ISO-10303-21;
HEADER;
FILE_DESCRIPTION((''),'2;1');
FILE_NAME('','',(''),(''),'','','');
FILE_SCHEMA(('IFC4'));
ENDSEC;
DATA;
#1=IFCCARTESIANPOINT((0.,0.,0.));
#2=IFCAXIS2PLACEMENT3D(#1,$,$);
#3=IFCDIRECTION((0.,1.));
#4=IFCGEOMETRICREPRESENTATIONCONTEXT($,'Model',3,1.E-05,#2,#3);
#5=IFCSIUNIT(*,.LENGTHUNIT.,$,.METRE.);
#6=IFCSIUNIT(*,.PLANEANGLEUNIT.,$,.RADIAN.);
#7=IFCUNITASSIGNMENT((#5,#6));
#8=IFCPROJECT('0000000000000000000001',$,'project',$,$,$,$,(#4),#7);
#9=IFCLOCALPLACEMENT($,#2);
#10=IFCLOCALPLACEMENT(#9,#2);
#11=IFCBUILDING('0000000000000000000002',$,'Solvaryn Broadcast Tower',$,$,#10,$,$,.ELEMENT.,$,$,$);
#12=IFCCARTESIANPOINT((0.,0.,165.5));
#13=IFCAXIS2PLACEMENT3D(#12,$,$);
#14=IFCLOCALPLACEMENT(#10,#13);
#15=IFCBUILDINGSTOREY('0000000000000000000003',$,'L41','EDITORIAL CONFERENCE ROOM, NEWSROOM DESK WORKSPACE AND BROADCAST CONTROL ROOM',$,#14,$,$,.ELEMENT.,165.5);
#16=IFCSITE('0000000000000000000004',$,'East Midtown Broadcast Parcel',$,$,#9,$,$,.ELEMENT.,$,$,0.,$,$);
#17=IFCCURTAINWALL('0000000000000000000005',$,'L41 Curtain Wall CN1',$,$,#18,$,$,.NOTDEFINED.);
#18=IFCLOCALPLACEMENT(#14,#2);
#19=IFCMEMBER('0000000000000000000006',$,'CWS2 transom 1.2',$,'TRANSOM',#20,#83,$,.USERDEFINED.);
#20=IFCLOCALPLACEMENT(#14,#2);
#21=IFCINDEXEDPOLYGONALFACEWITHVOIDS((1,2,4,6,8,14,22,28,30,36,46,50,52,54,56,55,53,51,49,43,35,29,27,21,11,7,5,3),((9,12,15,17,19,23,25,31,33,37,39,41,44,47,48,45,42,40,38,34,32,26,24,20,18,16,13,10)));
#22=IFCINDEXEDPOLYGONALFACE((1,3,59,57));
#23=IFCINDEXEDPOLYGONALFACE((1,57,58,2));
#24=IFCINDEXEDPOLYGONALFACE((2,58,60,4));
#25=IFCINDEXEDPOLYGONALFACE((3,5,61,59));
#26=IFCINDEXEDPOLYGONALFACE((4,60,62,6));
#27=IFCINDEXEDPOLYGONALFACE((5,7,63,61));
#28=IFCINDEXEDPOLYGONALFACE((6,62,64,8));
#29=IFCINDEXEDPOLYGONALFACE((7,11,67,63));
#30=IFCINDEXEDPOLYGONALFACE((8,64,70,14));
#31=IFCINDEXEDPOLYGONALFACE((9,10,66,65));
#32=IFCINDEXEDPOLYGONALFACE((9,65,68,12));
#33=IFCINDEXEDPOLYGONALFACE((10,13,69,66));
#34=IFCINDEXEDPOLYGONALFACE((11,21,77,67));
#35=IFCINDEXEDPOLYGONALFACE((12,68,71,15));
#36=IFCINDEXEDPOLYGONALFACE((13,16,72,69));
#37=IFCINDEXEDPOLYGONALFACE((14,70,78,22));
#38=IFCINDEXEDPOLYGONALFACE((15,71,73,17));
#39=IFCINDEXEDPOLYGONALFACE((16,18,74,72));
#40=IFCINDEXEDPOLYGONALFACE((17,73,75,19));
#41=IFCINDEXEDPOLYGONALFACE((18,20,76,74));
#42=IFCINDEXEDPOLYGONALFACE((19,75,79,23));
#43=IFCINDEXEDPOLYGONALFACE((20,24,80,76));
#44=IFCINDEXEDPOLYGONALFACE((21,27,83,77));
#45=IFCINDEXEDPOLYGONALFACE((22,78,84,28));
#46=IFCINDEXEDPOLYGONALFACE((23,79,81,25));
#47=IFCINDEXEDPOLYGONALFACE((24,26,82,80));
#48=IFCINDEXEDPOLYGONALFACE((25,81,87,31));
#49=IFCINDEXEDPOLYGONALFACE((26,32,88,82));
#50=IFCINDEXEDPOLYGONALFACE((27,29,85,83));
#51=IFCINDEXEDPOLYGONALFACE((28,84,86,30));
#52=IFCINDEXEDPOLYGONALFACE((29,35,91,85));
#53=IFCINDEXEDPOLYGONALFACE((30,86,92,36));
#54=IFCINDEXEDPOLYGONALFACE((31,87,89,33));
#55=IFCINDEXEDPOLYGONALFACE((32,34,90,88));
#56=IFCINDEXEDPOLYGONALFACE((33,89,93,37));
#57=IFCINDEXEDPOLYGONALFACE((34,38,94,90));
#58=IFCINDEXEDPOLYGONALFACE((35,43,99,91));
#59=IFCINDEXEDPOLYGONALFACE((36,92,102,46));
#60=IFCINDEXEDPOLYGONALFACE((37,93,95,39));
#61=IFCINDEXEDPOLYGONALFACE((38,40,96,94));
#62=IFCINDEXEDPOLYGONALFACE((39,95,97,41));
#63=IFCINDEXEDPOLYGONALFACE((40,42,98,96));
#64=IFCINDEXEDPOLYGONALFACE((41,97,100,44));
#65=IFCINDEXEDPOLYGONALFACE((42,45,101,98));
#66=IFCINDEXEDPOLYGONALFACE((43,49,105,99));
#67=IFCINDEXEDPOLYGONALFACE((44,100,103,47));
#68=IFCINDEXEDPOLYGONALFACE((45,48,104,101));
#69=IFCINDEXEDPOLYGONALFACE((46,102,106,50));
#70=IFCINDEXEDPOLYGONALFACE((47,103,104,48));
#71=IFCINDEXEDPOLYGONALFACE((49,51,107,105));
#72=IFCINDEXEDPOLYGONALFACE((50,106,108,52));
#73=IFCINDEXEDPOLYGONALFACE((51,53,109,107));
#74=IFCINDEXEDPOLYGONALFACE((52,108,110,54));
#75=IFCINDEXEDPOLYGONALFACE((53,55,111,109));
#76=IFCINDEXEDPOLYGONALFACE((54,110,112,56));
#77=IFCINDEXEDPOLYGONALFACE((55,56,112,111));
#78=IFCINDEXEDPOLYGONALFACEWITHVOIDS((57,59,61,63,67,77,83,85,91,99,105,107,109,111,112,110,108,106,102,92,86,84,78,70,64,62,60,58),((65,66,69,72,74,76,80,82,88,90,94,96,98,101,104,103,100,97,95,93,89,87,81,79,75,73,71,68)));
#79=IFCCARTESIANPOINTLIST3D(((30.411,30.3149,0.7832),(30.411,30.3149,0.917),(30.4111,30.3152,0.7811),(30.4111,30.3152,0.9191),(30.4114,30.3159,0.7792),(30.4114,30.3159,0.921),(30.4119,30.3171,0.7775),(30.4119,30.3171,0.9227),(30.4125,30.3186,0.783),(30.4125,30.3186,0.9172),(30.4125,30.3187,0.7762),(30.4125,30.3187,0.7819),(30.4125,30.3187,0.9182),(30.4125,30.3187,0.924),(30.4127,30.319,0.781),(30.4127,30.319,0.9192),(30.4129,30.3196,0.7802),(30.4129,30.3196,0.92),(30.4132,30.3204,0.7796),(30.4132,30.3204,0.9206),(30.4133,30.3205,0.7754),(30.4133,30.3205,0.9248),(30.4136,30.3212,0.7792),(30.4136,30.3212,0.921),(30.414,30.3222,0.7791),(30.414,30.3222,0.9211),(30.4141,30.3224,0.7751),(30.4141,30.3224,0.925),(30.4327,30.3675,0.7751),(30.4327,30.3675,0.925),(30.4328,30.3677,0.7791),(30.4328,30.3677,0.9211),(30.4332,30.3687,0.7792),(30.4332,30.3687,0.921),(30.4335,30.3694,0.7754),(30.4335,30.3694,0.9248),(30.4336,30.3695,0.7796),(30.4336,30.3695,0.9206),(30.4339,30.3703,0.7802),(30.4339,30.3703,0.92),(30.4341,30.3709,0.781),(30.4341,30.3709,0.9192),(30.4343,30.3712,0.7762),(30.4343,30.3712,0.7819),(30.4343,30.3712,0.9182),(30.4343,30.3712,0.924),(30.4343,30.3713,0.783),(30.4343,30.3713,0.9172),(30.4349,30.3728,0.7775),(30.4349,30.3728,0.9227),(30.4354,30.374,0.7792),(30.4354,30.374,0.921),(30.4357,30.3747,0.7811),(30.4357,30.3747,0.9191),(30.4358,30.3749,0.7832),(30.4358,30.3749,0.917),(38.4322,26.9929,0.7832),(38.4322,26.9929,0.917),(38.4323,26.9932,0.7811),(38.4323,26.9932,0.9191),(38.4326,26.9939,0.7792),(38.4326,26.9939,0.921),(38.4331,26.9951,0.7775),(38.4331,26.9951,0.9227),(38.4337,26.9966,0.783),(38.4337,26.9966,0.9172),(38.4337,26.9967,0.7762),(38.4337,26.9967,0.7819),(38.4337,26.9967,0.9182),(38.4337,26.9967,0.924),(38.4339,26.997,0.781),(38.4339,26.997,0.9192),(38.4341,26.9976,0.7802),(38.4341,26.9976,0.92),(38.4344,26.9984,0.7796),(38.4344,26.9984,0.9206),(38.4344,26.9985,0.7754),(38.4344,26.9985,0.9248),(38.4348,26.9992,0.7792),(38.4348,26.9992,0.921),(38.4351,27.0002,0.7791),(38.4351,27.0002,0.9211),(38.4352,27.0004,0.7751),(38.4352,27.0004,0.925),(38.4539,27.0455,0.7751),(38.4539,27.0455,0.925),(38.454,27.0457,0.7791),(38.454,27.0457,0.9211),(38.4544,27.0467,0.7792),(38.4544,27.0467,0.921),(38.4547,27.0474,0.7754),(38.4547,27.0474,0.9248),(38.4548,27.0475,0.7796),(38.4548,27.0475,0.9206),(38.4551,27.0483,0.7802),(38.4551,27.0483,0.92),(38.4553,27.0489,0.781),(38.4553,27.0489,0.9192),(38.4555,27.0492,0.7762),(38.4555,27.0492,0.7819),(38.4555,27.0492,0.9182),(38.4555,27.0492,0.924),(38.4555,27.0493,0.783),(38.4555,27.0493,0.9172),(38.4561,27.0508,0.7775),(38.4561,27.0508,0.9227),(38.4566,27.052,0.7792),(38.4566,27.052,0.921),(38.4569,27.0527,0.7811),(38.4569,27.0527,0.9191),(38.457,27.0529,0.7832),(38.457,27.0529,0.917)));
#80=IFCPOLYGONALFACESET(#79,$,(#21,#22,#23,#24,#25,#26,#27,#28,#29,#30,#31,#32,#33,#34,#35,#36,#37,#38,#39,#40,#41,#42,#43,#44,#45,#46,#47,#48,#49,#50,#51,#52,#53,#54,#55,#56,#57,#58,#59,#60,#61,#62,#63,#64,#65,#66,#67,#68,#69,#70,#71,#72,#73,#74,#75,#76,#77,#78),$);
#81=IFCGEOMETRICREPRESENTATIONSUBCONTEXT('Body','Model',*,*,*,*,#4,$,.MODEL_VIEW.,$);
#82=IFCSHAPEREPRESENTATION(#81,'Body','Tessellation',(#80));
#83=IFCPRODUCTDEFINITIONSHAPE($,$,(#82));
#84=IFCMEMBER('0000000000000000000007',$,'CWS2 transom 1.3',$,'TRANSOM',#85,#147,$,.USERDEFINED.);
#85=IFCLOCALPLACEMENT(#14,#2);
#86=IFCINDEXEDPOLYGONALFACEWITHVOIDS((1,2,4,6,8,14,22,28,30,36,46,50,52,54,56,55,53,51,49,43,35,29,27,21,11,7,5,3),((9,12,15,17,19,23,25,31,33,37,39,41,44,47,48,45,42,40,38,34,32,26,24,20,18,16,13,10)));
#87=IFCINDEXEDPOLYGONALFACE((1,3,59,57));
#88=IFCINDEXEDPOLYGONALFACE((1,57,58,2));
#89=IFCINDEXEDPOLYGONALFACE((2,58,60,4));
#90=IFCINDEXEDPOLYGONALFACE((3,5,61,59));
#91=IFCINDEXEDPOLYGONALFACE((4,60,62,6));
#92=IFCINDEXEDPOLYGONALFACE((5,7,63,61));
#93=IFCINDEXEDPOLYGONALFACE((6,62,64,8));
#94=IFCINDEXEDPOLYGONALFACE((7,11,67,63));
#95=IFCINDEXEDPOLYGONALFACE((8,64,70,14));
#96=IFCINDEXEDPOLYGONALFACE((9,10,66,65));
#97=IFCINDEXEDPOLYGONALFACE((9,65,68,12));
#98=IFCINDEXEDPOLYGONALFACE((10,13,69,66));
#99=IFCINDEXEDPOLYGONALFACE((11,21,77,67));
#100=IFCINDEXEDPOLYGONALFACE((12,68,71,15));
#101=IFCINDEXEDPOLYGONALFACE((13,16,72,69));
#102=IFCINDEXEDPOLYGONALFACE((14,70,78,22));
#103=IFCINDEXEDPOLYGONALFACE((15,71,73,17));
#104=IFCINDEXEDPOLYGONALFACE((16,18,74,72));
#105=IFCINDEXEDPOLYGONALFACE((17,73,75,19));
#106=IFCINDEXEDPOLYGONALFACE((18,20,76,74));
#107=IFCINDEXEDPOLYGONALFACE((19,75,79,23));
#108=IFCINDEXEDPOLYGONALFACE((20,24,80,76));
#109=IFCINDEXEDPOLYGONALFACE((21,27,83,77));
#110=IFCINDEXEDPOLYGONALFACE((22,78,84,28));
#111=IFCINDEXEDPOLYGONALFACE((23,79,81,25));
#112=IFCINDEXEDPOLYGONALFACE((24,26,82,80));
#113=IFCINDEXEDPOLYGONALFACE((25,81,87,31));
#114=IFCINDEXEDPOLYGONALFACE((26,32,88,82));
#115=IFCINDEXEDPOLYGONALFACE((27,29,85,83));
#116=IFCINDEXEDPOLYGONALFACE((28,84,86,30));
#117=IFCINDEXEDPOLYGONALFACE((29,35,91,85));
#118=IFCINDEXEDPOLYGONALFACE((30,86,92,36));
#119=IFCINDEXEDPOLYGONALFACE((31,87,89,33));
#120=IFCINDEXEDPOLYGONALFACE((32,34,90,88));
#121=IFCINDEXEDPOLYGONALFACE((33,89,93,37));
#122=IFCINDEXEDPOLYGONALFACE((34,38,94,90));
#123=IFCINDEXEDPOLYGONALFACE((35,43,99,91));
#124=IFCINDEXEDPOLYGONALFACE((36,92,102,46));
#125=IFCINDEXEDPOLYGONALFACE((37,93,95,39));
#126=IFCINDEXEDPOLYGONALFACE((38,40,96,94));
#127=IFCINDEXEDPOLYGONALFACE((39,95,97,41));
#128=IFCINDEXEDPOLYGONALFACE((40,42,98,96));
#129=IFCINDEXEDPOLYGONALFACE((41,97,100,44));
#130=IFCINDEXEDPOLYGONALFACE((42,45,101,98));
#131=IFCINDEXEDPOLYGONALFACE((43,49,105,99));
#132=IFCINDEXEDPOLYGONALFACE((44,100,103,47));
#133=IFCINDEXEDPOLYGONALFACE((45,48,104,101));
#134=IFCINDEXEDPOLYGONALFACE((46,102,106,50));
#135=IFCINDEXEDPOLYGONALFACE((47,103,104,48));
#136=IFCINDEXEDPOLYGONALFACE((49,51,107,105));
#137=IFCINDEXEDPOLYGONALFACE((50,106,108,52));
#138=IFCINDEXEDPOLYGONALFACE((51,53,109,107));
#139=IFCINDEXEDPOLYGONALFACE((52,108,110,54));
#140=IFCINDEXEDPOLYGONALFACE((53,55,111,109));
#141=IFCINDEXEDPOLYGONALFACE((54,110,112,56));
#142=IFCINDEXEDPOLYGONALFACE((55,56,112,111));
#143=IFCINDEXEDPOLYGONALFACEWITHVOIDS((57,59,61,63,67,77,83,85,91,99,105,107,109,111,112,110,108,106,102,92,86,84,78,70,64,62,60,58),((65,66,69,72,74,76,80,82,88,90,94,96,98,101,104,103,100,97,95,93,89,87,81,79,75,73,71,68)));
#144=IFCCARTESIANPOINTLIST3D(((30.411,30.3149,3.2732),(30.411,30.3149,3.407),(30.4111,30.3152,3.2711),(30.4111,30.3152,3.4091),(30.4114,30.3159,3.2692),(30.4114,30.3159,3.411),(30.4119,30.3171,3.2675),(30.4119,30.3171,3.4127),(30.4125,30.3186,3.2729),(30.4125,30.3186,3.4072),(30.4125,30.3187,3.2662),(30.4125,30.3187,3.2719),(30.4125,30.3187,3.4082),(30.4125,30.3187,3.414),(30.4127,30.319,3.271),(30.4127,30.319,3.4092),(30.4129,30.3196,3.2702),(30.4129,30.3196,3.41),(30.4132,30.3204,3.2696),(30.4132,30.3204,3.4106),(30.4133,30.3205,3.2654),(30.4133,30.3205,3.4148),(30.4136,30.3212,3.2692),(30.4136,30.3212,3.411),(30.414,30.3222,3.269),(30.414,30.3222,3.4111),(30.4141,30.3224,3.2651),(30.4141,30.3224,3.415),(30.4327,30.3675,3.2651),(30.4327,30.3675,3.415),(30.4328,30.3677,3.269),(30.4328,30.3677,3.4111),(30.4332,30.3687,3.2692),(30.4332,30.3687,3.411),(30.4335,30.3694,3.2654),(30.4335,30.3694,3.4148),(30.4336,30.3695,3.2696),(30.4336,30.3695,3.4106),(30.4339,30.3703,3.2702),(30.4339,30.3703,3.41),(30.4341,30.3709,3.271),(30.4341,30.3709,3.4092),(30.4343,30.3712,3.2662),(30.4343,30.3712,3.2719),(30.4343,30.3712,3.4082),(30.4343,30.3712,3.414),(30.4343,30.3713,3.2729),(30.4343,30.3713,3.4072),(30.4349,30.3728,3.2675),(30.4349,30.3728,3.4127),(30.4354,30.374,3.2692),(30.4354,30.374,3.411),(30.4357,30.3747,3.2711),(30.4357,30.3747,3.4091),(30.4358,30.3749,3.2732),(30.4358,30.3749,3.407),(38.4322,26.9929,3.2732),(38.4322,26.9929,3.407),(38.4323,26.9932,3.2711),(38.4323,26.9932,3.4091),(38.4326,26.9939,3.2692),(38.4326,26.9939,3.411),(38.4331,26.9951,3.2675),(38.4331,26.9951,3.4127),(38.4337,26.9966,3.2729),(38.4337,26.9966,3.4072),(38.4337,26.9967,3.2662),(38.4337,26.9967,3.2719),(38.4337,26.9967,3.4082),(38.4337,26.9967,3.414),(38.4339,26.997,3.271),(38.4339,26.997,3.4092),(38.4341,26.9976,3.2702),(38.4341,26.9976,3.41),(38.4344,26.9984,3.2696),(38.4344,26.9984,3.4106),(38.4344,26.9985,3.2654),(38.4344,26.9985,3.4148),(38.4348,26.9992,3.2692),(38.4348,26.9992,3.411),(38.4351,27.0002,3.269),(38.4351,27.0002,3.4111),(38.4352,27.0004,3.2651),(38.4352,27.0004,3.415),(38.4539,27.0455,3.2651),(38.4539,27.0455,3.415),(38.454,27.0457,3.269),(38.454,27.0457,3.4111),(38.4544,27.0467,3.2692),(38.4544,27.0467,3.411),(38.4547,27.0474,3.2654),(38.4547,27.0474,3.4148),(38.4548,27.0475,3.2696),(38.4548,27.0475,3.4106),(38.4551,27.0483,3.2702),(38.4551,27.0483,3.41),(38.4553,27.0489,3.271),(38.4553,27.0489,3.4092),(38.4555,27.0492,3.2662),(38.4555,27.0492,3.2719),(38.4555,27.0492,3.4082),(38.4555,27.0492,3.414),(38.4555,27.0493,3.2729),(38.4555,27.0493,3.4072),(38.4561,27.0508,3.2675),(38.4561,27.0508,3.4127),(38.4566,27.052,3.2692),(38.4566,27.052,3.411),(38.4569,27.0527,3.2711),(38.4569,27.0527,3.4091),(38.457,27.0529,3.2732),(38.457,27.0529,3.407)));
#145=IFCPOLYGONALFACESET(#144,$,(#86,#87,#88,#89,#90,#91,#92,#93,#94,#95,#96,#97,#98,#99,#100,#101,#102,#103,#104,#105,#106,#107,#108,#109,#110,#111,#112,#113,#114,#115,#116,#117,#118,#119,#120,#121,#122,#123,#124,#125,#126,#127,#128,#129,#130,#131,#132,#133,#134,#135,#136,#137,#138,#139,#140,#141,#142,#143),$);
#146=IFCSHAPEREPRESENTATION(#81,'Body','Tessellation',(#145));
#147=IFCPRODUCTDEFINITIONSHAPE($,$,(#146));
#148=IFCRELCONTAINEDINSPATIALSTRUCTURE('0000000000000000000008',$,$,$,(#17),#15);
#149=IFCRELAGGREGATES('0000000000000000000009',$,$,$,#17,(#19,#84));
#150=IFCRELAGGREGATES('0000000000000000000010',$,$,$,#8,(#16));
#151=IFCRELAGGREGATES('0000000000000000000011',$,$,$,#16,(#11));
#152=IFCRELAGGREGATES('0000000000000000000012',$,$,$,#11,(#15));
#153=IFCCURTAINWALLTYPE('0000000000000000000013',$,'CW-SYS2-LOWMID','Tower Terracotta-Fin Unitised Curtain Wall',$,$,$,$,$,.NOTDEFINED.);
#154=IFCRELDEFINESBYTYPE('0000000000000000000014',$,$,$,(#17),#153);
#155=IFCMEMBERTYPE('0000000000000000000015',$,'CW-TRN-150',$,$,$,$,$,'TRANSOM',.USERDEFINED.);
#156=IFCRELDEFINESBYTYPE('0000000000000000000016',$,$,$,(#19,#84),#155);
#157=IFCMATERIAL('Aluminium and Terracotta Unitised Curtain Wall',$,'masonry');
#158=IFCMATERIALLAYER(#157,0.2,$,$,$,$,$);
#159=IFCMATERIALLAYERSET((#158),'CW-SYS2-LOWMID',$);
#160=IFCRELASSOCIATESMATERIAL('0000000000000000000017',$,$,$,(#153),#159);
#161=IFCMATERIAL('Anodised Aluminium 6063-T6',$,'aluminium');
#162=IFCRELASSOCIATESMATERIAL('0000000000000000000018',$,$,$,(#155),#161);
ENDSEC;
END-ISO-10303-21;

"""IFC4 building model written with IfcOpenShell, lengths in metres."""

from ifc_helpers import new_model, si_unit, direction, frame, origin, origin_2d, place, context, subcontext, project, spatial, hollow_rectangle, extrude, material, layer, layer_set, material_profile, profile_set, type_object, element, aggregate, save


model = new_model("IFC4")

# Units and contexts
model_context = context("Model", 3, precision=1e-05, world=origin(), true_north=direction((0.0, 1.0)))
body_context = subcontext(model_context, "Body", "Model", "MODEL_VIEW")
ifc_project = project(units=[si_unit("LENGTHUNIT", "METRE"), si_unit("PLANEANGLEUNIT", "RADIAN")], contexts=[model_context])

# Site, building, storey
site_placement = place(None, origin())
site = spatial("IfcSite", under=ifc_project, at=site_placement, Name="East Midtown Broadcast Parcel", CompositionType="ELEMENT", RefElevation=0.0)
building_placement = place(site_placement, origin())
building = spatial("IfcBuilding", under=site, at=building_placement, Name="Solvaryn Broadcast Tower", CompositionType="ELEMENT")
storey_placement = place(building_placement, frame((0.0, 0.0, 165.5)))
storey = spatial("IfcBuildingStorey", under=building, at=storey_placement, Name="L41", Description="EDITORIAL CONFERENCE ROOM, NEWSROOM DESK WORKSPACE AND BROADCAST CONTROL ROOM", CompositionType="ELEMENT", Elevation=165.5)

# Curtain wall
ifc_material_1 = material(Name="Aluminium and Terracotta Unitised Curtain Wall", Category="masonry")
ifc_layer_1 = layer(ifc_material_1, 0.2)
ifc_layer_set_1 = layer_set([ifc_layer_1], Name="CW-SYS2-LOWMID")
curtain_wall_type = type_object("IfcCurtainWallType", Name="CW-SYS2-LOWMID", Description="Tower Terracotta-Fin Unitised Curtain Wall", PredefinedType="NOTDEFINED", material=ifc_layer_set_1)
curtain_wall_1_placement = place(storey_placement, origin())
curtain_wall_1 = element("IfcCurtainWall", 1, at=curtain_wall_1_placement, inside=storey, type_object=curtain_wall_type, Name="L41 Curtain Wall CN1", PredefinedType="NOTDEFINED")

# Members
ifc_material_2 = material(Name="Anodised Aluminium 6063-T6", Category="aluminium")
ifc_material_profile_1 = material_profile(ifc_material_2, hollow_rectangle(XDim=0.0649, YDim=0.1499, WallThickness=0.0039, InnerFilletRadius=0.0039, OuterFilletRadius=0.0081, at=origin_2d()))
ifc_profile_set_1 = profile_set([ifc_material_profile_1], Name="Anodised Aluminium 6063-T6")
member_type_1 = type_object("IfcMemberType", Name="CW-TRN-150", ElementType="TRANSOM", PredefinedType="USERDEFINED", material=ifc_profile_set_1)
member_1_placement = place(storey_placement, frame((38.4446, 27.0229, 0.8501), z_axis=(-0.923899, 0.382636, 0.0), x_axis=(-0.382636, -0.923899, 0.0)))
member_1 = element("IfcMember", 2, at=member_1_placement, type_object=member_type_1, Name="CWS2 transom 1.2", ObjectType="TRANSOM", PredefinedType="USERDEFINED", context=body_context, shape_type="SweptSolid", body=[
    extrude(hollow_rectangle(XDim=0.0649, YDim=0.1499, WallThickness=0.0039, InnerFilletRadius=0.0039, OuterFilletRadius=0.0081, at=origin_2d()), origin(), (0.0, 0.0, 1.0), 8.6819),
])
member_2_placement = place(storey_placement, frame((38.4446, 27.0229, 3.3401), z_axis=(-0.923899, 0.382636, 0.0), x_axis=(-0.382636, -0.923899, 0.0)))
member_2 = element("IfcMember", 3, at=member_2_placement, type_object=member_type_1, Name="CWS2 transom 1.3", ObjectType="TRANSOM", PredefinedType="USERDEFINED", context=body_context, shape_type="SweptSolid", body=[
    extrude(hollow_rectangle(XDim=0.0649, YDim=0.1499, WallThickness=0.0039, InnerFilletRadius=0.0039, OuterFilletRadius=0.0081, at=origin_2d()), origin(), (0.0, 0.0, 1.0), 8.6819),
])
aggregate(curtain_wall_1, [member_1, member_2])

save(model, "model.ifc")
